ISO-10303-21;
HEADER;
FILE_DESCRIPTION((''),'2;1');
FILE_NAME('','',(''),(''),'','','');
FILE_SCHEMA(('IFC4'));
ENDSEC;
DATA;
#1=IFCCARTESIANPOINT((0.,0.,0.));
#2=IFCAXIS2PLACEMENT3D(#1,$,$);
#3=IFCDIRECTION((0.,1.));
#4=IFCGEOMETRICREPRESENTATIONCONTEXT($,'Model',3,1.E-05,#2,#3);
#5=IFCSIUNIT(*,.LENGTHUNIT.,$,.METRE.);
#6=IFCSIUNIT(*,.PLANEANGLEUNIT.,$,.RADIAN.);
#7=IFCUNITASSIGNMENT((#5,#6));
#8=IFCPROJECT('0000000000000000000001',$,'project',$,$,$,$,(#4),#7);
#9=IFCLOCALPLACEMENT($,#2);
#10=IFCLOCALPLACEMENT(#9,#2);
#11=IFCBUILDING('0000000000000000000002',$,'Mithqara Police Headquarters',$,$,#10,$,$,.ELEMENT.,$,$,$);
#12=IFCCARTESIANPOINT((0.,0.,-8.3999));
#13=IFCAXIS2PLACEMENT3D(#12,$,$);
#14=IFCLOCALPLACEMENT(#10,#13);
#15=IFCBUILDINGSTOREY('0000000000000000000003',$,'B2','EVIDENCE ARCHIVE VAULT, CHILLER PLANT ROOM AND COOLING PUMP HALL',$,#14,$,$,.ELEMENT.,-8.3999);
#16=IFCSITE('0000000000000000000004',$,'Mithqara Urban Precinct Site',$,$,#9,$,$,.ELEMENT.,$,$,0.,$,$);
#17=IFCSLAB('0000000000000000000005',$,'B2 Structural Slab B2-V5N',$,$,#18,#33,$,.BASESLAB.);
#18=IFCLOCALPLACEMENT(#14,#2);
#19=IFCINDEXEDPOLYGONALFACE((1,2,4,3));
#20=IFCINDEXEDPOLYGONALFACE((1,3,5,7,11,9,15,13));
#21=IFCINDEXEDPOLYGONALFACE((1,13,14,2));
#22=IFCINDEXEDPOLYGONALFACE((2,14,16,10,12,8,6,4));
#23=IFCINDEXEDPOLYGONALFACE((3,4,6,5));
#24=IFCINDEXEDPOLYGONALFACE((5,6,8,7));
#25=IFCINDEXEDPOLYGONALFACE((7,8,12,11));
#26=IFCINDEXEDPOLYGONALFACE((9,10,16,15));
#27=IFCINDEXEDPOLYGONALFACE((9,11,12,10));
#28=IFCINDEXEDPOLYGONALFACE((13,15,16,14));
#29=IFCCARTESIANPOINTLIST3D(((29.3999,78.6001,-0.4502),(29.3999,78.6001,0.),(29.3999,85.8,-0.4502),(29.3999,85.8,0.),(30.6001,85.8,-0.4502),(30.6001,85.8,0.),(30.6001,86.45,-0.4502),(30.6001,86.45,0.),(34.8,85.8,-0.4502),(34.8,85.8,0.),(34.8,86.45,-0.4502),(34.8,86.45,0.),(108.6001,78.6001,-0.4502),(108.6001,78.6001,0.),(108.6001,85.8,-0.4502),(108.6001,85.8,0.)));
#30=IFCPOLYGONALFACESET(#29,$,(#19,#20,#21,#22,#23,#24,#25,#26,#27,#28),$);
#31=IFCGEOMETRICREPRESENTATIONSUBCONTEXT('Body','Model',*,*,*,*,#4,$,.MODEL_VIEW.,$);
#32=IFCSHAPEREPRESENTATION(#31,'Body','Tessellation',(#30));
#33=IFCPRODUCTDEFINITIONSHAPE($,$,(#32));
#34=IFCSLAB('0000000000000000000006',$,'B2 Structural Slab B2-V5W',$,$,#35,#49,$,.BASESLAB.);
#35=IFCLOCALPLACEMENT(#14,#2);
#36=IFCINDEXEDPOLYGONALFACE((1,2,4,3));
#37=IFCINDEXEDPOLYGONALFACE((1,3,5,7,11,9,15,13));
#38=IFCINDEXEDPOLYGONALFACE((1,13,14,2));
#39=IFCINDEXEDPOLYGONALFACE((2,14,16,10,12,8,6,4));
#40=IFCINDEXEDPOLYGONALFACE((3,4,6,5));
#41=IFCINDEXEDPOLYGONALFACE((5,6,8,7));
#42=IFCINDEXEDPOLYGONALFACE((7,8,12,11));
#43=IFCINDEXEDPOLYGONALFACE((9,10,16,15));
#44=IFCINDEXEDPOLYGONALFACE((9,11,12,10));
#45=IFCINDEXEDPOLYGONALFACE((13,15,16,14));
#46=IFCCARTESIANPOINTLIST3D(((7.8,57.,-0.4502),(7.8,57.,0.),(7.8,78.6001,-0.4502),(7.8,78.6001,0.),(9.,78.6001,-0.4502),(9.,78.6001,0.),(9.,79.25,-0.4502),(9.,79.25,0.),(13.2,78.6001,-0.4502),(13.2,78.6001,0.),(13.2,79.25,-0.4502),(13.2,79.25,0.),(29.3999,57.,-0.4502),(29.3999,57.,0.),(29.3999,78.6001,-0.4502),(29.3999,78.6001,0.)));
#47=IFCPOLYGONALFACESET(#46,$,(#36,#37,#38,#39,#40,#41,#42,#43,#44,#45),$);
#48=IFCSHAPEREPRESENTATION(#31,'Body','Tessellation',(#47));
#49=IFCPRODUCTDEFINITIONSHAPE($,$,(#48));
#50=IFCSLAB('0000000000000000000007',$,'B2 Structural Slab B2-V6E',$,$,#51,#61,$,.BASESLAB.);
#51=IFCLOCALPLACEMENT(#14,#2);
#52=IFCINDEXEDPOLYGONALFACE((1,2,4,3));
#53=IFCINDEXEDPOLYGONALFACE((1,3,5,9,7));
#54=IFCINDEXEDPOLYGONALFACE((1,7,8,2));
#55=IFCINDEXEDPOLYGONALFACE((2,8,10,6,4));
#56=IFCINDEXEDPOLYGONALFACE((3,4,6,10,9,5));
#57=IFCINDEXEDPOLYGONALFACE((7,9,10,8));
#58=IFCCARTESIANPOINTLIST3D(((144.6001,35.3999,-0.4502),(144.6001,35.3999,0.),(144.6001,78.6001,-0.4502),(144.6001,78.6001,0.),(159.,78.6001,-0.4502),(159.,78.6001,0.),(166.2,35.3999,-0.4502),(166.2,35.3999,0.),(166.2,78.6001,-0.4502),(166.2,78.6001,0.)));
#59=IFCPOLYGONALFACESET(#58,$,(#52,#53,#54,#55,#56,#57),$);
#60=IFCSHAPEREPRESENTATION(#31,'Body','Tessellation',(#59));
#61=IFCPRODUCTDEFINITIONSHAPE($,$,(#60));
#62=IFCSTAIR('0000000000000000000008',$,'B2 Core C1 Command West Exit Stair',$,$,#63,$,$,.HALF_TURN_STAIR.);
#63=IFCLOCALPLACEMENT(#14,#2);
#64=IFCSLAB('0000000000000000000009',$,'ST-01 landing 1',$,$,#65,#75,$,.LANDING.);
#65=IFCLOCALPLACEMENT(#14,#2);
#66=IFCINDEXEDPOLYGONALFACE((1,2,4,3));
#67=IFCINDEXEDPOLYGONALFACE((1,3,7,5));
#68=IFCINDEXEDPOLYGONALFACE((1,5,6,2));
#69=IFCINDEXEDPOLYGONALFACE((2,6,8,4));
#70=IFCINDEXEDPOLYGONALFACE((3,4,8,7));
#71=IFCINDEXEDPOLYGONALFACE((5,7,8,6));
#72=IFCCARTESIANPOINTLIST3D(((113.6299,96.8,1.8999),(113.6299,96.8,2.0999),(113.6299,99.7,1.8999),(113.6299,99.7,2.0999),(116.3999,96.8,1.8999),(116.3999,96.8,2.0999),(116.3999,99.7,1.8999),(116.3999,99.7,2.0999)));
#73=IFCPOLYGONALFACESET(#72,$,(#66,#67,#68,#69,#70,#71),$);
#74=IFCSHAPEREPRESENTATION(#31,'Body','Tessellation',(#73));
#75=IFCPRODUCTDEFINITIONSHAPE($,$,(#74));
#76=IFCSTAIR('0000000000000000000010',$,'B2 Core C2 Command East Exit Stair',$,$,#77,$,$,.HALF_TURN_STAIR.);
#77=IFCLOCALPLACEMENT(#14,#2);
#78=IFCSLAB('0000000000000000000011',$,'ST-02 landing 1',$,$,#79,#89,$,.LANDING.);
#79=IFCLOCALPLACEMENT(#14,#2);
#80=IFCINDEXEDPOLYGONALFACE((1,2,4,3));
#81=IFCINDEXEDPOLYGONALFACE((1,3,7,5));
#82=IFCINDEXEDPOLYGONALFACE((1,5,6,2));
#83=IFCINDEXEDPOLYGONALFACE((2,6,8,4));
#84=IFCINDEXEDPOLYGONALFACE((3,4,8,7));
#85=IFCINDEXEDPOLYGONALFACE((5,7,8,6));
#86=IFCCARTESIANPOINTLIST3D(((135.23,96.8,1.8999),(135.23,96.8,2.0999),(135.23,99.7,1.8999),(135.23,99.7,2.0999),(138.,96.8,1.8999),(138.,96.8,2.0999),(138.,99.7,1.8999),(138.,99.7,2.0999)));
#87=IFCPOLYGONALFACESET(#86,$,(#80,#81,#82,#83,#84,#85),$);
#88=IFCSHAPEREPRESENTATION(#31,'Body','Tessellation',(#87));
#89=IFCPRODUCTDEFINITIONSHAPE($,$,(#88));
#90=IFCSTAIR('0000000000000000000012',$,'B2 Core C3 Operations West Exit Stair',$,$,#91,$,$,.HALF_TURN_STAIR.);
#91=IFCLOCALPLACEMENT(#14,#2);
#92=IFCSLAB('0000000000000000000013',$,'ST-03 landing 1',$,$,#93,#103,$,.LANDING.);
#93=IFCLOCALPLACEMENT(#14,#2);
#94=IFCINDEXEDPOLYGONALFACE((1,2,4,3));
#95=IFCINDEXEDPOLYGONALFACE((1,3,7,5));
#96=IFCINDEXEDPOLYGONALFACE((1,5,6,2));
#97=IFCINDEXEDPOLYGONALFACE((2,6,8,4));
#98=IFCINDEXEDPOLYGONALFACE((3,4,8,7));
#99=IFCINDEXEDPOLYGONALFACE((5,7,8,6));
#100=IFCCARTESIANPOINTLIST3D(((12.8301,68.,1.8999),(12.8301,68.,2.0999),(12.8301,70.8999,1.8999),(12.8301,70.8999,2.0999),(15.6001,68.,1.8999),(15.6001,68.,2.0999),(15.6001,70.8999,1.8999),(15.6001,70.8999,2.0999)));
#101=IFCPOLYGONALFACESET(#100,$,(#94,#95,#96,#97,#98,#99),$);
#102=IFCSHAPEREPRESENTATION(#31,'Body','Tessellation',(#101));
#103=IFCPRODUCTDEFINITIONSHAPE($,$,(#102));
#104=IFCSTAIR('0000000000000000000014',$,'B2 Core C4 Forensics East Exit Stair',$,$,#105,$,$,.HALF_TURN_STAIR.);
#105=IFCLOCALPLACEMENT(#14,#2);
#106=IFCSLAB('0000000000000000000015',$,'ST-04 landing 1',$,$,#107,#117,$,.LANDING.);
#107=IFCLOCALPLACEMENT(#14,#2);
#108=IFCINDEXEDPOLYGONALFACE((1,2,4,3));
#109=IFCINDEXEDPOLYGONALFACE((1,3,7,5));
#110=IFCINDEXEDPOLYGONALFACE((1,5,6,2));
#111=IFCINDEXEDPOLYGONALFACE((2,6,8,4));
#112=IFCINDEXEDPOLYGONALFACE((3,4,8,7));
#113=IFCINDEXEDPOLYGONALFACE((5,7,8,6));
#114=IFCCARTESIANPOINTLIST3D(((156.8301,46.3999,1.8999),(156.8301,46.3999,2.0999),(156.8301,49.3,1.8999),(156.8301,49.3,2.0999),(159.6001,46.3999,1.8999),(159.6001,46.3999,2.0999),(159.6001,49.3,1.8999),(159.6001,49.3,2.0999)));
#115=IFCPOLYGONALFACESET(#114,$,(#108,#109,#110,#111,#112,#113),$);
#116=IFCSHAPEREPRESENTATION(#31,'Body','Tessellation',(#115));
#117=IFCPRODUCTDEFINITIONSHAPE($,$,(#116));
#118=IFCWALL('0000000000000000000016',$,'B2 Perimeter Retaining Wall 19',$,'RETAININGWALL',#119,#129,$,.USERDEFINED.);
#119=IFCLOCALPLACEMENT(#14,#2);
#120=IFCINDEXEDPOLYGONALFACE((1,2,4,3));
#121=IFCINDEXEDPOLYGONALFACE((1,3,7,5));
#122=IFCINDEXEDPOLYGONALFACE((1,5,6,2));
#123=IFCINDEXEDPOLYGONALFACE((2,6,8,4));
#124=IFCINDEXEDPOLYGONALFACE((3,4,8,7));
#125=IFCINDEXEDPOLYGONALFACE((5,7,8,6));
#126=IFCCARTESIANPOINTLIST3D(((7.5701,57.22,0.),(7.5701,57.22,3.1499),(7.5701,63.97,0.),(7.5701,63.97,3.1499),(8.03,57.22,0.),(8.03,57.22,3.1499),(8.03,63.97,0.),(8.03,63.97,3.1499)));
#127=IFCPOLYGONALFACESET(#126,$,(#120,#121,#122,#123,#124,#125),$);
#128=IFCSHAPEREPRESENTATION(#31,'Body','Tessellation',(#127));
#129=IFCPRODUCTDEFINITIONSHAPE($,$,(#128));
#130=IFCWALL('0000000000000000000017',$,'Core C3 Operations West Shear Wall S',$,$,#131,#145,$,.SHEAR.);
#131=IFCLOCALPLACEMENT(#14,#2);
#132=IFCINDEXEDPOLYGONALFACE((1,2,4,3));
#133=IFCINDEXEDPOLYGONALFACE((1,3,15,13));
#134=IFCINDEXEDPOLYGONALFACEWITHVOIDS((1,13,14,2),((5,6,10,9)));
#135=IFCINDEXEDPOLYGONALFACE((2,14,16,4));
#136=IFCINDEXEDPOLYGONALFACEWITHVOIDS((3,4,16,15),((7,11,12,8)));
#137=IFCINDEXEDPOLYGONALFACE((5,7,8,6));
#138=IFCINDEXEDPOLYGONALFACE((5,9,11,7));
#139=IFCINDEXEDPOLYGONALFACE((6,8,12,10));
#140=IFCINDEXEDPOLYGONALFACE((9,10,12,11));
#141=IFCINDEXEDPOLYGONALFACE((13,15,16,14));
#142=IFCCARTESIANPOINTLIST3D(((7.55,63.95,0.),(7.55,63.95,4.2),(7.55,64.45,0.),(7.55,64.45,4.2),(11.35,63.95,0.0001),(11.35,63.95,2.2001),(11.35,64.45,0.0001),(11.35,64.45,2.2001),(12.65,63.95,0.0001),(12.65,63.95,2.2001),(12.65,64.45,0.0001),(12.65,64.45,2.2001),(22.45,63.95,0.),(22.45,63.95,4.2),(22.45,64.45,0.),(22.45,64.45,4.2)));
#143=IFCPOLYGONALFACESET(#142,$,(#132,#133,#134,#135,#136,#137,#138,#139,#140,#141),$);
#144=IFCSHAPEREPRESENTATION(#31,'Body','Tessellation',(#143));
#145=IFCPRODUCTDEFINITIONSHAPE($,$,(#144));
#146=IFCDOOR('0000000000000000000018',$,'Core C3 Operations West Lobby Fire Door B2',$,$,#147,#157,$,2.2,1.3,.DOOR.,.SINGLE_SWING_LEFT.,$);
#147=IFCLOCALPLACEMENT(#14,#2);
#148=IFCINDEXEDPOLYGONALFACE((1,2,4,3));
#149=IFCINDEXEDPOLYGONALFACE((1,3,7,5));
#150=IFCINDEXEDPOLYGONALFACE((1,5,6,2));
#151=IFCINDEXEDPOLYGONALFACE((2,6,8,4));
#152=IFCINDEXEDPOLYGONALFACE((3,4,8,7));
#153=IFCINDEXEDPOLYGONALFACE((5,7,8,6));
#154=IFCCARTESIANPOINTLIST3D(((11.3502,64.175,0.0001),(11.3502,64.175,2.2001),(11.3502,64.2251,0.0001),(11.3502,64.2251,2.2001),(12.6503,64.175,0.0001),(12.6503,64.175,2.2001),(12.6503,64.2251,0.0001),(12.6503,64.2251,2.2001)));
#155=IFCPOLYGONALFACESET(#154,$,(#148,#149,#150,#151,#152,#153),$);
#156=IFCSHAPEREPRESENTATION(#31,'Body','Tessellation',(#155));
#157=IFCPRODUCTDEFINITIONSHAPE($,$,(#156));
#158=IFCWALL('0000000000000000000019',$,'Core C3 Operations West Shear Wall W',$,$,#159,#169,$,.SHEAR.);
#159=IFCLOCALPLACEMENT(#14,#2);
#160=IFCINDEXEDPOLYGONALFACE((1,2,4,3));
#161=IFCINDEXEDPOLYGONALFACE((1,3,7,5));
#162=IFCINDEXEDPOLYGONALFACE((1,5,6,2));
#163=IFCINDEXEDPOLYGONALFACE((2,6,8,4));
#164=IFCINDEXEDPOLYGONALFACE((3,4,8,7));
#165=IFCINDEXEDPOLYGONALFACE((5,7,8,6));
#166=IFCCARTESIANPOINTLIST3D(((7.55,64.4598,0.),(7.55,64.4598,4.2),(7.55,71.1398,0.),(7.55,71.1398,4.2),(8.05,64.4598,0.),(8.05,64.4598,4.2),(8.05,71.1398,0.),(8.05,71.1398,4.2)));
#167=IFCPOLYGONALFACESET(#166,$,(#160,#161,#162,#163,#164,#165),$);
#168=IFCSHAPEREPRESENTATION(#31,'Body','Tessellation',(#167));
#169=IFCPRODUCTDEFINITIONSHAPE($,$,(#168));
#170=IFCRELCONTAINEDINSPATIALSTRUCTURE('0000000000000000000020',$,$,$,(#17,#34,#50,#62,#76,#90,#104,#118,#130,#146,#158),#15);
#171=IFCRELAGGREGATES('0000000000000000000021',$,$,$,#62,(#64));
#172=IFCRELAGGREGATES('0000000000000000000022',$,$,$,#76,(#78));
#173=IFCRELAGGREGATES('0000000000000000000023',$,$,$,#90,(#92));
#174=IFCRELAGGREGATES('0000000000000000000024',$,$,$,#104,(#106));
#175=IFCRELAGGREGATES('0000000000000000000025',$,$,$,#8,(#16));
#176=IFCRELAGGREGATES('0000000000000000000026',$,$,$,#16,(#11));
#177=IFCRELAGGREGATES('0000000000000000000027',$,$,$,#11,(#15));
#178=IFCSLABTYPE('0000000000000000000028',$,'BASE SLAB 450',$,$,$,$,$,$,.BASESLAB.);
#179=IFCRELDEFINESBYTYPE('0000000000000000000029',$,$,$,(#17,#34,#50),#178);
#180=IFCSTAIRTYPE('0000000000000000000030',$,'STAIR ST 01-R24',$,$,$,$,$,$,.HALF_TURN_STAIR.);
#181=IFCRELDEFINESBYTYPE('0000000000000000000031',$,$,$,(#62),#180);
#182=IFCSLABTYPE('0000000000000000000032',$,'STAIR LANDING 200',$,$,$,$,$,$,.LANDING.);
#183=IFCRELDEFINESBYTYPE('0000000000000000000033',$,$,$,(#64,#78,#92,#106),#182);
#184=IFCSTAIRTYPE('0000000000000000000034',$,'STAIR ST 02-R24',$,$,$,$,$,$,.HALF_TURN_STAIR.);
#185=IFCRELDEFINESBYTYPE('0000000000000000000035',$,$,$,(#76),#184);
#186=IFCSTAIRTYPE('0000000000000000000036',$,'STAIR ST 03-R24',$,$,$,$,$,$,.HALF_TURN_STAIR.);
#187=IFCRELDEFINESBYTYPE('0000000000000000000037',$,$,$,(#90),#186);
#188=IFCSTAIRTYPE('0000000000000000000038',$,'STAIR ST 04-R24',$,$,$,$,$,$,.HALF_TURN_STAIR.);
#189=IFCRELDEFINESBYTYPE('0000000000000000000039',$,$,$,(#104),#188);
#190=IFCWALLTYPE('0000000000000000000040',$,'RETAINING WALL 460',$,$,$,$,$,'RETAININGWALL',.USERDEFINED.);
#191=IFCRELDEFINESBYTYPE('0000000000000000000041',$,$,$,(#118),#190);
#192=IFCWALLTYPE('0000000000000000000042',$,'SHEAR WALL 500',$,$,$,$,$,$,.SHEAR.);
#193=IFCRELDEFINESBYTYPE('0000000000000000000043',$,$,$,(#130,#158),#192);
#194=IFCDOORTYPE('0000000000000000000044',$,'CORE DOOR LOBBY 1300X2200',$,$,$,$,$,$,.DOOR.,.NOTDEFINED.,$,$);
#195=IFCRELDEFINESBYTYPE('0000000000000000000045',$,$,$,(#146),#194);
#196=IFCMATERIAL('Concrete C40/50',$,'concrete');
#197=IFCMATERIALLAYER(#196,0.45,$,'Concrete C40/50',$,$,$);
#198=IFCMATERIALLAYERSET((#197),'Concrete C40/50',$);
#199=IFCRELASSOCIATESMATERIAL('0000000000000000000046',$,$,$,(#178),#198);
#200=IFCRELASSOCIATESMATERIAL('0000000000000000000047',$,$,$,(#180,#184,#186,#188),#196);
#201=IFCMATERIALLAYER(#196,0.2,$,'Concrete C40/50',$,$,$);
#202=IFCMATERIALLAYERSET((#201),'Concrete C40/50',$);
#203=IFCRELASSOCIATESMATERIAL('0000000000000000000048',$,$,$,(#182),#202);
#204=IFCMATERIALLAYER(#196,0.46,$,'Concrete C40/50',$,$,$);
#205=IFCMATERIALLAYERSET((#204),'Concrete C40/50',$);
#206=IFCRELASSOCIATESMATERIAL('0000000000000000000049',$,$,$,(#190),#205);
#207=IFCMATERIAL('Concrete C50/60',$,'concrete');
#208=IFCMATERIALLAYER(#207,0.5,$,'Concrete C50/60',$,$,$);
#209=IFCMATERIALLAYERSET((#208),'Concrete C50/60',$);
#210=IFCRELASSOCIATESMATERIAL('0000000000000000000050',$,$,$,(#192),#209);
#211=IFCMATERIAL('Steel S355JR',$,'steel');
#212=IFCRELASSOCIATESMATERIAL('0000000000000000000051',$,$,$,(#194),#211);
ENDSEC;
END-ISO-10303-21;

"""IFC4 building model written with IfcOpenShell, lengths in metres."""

from ifc_helpers import new_model, si_unit, direction, frame, frame_2d, origin, place, context, subcontext, project, spatial, polyline, rectangle, outline, extrude, material, layer, layer_set, type_object, element, fill, aggregate, save


model = new_model("IFC4")

# Units and contexts
model_context = context("Model", 3, precision=1e-05, world=origin(), true_north=direction((0.0, 1.0)))
body_context = subcontext(model_context, "Body", "Model", "MODEL_VIEW")
ifc_project = project(units=[si_unit("LENGTHUNIT", "METRE"), si_unit("PLANEANGLEUNIT", "RADIAN")], contexts=[model_context])

# Site, building, storey
site_placement = place(None, origin())
site = spatial("IfcSite", under=ifc_project, at=site_placement, Name="Mithqara Urban Precinct Site", CompositionType="ELEMENT", RefElevation=0.0)
building_placement = place(site_placement, origin())
building = spatial("IfcBuilding", under=site, at=building_placement, Name="Mithqara Police Headquarters", CompositionType="ELEMENT")
storey_placement = place(building_placement, frame((0.0, 0.0, -8.3999)))
storey = spatial("IfcBuildingStorey", under=building, at=storey_placement, Name="B2", Description="EVIDENCE ARCHIVE VAULT, CHILLER PLANT ROOM AND COOLING PUMP HALL", CompositionType="ELEMENT", Elevation=-8.3999)

# Shared definitions
ifc_material_1 = material(Name="Concrete C40/50", Category="concrete")

# Shared definitions
ifc_material_2 = material(Name="Concrete C50/60", Category="concrete")

# Shared definitions
ifc_material_3 = material(Name="Steel S355JR", Category="steel")

# Slabs
ifc_layer_1 = layer(ifc_material_1, 0.45, Name="Concrete C40/50")
ifc_layer_set_1 = layer_set([ifc_layer_1], Name="Concrete C40/50")
slab_type_1 = type_object("IfcSlabType", Name="BASE SLAB 450", PredefinedType="BASESLAB", material=ifc_layer_set_1)
slab_1_placement = place(storey_placement, frame((0.0, 0.0, -0.4502)))
element("IfcSlab", 1, at=slab_1_placement, inside=storey, type_object=slab_type_1, Name="B2 Structural Slab B2-V5N", PredefinedType="BASESLAB", context=body_context, shape_type="SweptSolid", body=[
    extrude(outline(polyline([(29.3999, 78.6001), (29.3999, 85.8), (30.6001, 85.8), (30.6001, 86.45), (34.8, 86.45), (34.8, 85.8), (108.6001, 85.8), (108.6001, 78.6001), (29.3999, 78.6001)])), origin(), (0.0, 0.0, 1.0), 0.4502),
])
slab_2_placement = place(storey_placement, frame((0.0, 0.0, -0.4502)))
element("IfcSlab", 2, at=slab_2_placement, inside=storey, type_object=slab_type_1, Name="B2 Structural Slab B2-V5W", PredefinedType="BASESLAB", context=body_context, shape_type="SweptSolid", body=[
    extrude(outline(polyline([(7.8, 57.0), (7.8, 78.6001), (9.0, 78.6001), (9.0, 79.25), (13.2, 79.25), (13.2, 78.6001), (29.3999, 78.6001), (29.3999, 57.0), (7.8, 57.0)])), origin(), (0.0, 0.0, 1.0), 0.4502),
])
slab_3_placement = place(storey_placement, frame((0.0, 0.0, -0.4502)))
element("IfcSlab", 3, at=slab_3_placement, inside=storey, type_object=slab_type_1, Name="B2 Structural Slab B2-V6E", PredefinedType="BASESLAB", context=body_context, shape_type="SweptSolid", body=[
    extrude(outline(polyline([(166.2, 78.6001), (166.2, 35.3999), (144.6001, 35.3999), (144.6001, 78.6001), (159.0, 78.6001), (166.2, 78.6001)])), origin(), (0.0, 0.0, 1.0), 0.4502),
])

# Stairs, slabs
stair_type_1 = type_object("IfcStairType", Name="STAIR ST 01-R24", PredefinedType="HALF_TURN_STAIR", material=ifc_material_1)
stair_1_placement = place(storey_placement, origin())
stair_1 = element("IfcStair", 4, at=stair_1_placement, inside=storey, type_object=stair_type_1, Name="B2 Core C1 Command West Exit Stair", PredefinedType="HALF_TURN_STAIR")
ifc_layer_2 = layer(ifc_material_1, 0.2, Name="Concrete C40/50")
ifc_layer_set_2 = layer_set([ifc_layer_2], Name="Concrete C40/50")
slab_type_2 = type_object("IfcSlabType", Name="STAIR LANDING 200", PredefinedType="LANDING", material=ifc_layer_set_2)
slab_4_placement = place(storey_placement, frame((0.0, 0.0, 1.8999)))
slab_4 = element("IfcSlab", 5, at=slab_4_placement, type_object=slab_type_2, Name="ST-01 landing 1", PredefinedType="LANDING", context=body_context, shape_type="SweptSolid", body=[
    extrude(outline(polyline([(113.6299, 96.8), (116.3999, 96.8), (116.3999, 99.7), (113.6299, 99.7), (113.6299, 96.8)])), origin(), (0.0, 0.0, 1.0), 0.2),
])
aggregate(stair_1, [slab_4])
stair_type_2 = type_object("IfcStairType", Name="STAIR ST 02-R24", PredefinedType="HALF_TURN_STAIR", material=ifc_material_1)
stair_2_placement = place(storey_placement, origin())
stair_2 = element("IfcStair", 6, at=stair_2_placement, inside=storey, type_object=stair_type_2, Name="B2 Core C2 Command East Exit Stair", PredefinedType="HALF_TURN_STAIR")
slab_5_placement = place(storey_placement, frame((0.0, 0.0, 1.8999)))
slab_5 = element("IfcSlab", 7, at=slab_5_placement, type_object=slab_type_2, Name="ST-02 landing 1", PredefinedType="LANDING", context=body_context, shape_type="SweptSolid", body=[
    extrude(outline(polyline([(135.23, 96.8), (138.0, 96.8), (138.0, 99.7), (135.23, 99.7), (135.23, 96.8)])), origin(), (0.0, 0.0, 1.0), 0.2),
])
aggregate(stair_2, [slab_5])
stair_type_3 = type_object("IfcStairType", Name="STAIR ST 03-R24", PredefinedType="HALF_TURN_STAIR", material=ifc_material_1)
stair_3_placement = place(storey_placement, origin())
stair_3 = element("IfcStair", 8, at=stair_3_placement, inside=storey, type_object=stair_type_3, Name="B2 Core C3 Operations West Exit Stair", PredefinedType="HALF_TURN_STAIR")
slab_6_placement = place(storey_placement, frame((0.0, 0.0, 1.8999)))
slab_6 = element("IfcSlab", 9, at=slab_6_placement, type_object=slab_type_2, Name="ST-03 landing 1", PredefinedType="LANDING", context=body_context, shape_type="SweptSolid", body=[
    extrude(outline(polyline([(12.8301, 68.0), (15.6001, 68.0), (15.6001, 70.8999), (12.8301, 70.8999), (12.8301, 68.0)])), origin(), (0.0, 0.0, 1.0), 0.2),
])
aggregate(stair_3, [slab_6])
stair_type_4 = type_object("IfcStairType", Name="STAIR ST 04-R24", PredefinedType="HALF_TURN_STAIR", material=ifc_material_1)
stair_4_placement = place(storey_placement, origin())
stair_4 = element("IfcStair", 10, at=stair_4_placement, inside=storey, type_object=stair_type_4, Name="B2 Core C4 Forensics East Exit Stair", PredefinedType="HALF_TURN_STAIR")
slab_7_placement = place(storey_placement, frame((0.0, 0.0, 1.8999)))
slab_7 = element("IfcSlab", 11, at=slab_7_placement, type_object=slab_type_2, Name="ST-04 landing 1", PredefinedType="LANDING", context=body_context, shape_type="SweptSolid", body=[
    extrude(outline(polyline([(156.8301, 46.3999), (159.6001, 46.3999), (159.6001, 49.3), (156.8301, 49.3), (156.8301, 46.3999)])), origin(), (0.0, 0.0, 1.0), 0.2),
])
aggregate(stair_4, [slab_7])

# Wall
ifc_layer_3 = layer(ifc_material_1, 0.46, Name="Concrete C40/50")
ifc_layer_set_3 = layer_set([ifc_layer_3], Name="Concrete C40/50")
wall_type_1 = type_object("IfcWallType", Name="RETAINING WALL 460", ElementType="RETAININGWALL", PredefinedType="USERDEFINED", material=ifc_layer_set_3)
wall_1_placement = place(storey_placement, frame((7.8, 57.22, 0.0), z_axis=(0.0, 0.0, 1.0), x_axis=(0.0, 1.0, 0.0)))
element("IfcWall", 12, at=wall_1_placement, inside=storey, type_object=wall_type_1, Name="B2 Perimeter Retaining Wall 19", ObjectType="RETAININGWALL", PredefinedType="USERDEFINED", context=body_context, shape_type="SweptSolid", body=[
    extrude(rectangle(XDim=6.75, YDim=0.46, at=frame_2d((3.375, 0.0))), origin(), (0.0, 0.0, 1.0), 3.1499),
])

# Wall, opening, door
ifc_layer_4 = layer(ifc_material_2, 0.5, Name="Concrete C50/60")
ifc_layer_set_4 = layer_set([ifc_layer_4], Name="Concrete C50/60")
wall_type_2 = type_object("IfcWallType", Name="SHEAR WALL 500", PredefinedType="SHEAR", material=ifc_layer_set_4)
wall_2_placement = place(storey_placement, frame((7.55, 64.2, 0.0), z_axis=(0.0, 0.0, 1.0), x_axis=(1.0, 0.0, 0.0)))
wall_2 = element("IfcWall", 13, at=wall_2_placement, inside=storey, type_object=wall_type_2, Name="Core C3 Operations West Shear Wall S", PredefinedType="SHEAR", context=body_context, shape_type="SweptSolid", body=[
    extrude(rectangle(XDim=14.8999, YDim=0.5, at=frame_2d((7.45, 0.0))), origin(), (0.0, 0.0, 1.0), 4.2),
])
opening_placement = place(wall_2_placement, frame((3.8, 0.0, 0.0)))
opening = element("IfcOpeningElement", 14, at=opening_placement, cuts=wall_2, PredefinedType="OPENING", context=body_context, shape_type="SweptSolid", body=[
    extrude(rectangle(XDim=1.3, YDim=2.2, at=frame_2d((0.6499, 1.1001))), frame((0.0, 0.26, 0.0), z_axis=(0.0, -1.0, 0.0), x_axis=(1.0, 0.0, 0.0)), (0.0, 0.0, 1.0), 0.52),
])
door_type = type_object("IfcDoorType", Name="CORE DOOR LOBBY 1300X2200", OperationType="NOTDEFINED", PredefinedType="DOOR", material=ifc_material_3)
door_placement = place(opening_placement, frame((1.3, 0.0, 0.0), z_axis=(0.0, 0.0, 1.0), x_axis=(-1.0, 0.0, 0.0)))
door = element("IfcDoor", 15, at=door_placement, inside=storey, type_object=door_type, Name="Core C3 Operations West Lobby Fire Door B2", OperationType="SINGLE_SWING_LEFT", OverallHeight=2.2, OverallWidth=1.3, PredefinedType="DOOR", context=body_context, shape_type="SweptSolid", body=[
    extrude(rectangle(XDim=1.3, YDim=2.2, at=frame_2d((0.6499, 1.1001))), frame((0.0, 0.0249, 0.0), z_axis=(0.0, -1.0, 0.0), x_axis=(1.0, 0.0, 0.0)), (0.0, 0.0, 1.0), 0.05),
])
fill(opening, door)

# Wall
wall_3_placement = place(storey_placement, frame((7.8, 64.46, 0.0), z_axis=(0.0, 0.0, 1.0), x_axis=(0.0, 1.0, 0.0)))
element("IfcWall", 16, at=wall_3_placement, inside=storey, type_object=wall_type_2, Name="Core C3 Operations West Shear Wall W", PredefinedType="SHEAR", context=body_context, shape_type="SweptSolid", body=[
    extrude(rectangle(XDim=6.6799, YDim=0.5, at=frame_2d((3.3398, 0.0))), origin(), (0.0, 0.0, 1.0), 4.2),
])

save(model, "model.ifc")
